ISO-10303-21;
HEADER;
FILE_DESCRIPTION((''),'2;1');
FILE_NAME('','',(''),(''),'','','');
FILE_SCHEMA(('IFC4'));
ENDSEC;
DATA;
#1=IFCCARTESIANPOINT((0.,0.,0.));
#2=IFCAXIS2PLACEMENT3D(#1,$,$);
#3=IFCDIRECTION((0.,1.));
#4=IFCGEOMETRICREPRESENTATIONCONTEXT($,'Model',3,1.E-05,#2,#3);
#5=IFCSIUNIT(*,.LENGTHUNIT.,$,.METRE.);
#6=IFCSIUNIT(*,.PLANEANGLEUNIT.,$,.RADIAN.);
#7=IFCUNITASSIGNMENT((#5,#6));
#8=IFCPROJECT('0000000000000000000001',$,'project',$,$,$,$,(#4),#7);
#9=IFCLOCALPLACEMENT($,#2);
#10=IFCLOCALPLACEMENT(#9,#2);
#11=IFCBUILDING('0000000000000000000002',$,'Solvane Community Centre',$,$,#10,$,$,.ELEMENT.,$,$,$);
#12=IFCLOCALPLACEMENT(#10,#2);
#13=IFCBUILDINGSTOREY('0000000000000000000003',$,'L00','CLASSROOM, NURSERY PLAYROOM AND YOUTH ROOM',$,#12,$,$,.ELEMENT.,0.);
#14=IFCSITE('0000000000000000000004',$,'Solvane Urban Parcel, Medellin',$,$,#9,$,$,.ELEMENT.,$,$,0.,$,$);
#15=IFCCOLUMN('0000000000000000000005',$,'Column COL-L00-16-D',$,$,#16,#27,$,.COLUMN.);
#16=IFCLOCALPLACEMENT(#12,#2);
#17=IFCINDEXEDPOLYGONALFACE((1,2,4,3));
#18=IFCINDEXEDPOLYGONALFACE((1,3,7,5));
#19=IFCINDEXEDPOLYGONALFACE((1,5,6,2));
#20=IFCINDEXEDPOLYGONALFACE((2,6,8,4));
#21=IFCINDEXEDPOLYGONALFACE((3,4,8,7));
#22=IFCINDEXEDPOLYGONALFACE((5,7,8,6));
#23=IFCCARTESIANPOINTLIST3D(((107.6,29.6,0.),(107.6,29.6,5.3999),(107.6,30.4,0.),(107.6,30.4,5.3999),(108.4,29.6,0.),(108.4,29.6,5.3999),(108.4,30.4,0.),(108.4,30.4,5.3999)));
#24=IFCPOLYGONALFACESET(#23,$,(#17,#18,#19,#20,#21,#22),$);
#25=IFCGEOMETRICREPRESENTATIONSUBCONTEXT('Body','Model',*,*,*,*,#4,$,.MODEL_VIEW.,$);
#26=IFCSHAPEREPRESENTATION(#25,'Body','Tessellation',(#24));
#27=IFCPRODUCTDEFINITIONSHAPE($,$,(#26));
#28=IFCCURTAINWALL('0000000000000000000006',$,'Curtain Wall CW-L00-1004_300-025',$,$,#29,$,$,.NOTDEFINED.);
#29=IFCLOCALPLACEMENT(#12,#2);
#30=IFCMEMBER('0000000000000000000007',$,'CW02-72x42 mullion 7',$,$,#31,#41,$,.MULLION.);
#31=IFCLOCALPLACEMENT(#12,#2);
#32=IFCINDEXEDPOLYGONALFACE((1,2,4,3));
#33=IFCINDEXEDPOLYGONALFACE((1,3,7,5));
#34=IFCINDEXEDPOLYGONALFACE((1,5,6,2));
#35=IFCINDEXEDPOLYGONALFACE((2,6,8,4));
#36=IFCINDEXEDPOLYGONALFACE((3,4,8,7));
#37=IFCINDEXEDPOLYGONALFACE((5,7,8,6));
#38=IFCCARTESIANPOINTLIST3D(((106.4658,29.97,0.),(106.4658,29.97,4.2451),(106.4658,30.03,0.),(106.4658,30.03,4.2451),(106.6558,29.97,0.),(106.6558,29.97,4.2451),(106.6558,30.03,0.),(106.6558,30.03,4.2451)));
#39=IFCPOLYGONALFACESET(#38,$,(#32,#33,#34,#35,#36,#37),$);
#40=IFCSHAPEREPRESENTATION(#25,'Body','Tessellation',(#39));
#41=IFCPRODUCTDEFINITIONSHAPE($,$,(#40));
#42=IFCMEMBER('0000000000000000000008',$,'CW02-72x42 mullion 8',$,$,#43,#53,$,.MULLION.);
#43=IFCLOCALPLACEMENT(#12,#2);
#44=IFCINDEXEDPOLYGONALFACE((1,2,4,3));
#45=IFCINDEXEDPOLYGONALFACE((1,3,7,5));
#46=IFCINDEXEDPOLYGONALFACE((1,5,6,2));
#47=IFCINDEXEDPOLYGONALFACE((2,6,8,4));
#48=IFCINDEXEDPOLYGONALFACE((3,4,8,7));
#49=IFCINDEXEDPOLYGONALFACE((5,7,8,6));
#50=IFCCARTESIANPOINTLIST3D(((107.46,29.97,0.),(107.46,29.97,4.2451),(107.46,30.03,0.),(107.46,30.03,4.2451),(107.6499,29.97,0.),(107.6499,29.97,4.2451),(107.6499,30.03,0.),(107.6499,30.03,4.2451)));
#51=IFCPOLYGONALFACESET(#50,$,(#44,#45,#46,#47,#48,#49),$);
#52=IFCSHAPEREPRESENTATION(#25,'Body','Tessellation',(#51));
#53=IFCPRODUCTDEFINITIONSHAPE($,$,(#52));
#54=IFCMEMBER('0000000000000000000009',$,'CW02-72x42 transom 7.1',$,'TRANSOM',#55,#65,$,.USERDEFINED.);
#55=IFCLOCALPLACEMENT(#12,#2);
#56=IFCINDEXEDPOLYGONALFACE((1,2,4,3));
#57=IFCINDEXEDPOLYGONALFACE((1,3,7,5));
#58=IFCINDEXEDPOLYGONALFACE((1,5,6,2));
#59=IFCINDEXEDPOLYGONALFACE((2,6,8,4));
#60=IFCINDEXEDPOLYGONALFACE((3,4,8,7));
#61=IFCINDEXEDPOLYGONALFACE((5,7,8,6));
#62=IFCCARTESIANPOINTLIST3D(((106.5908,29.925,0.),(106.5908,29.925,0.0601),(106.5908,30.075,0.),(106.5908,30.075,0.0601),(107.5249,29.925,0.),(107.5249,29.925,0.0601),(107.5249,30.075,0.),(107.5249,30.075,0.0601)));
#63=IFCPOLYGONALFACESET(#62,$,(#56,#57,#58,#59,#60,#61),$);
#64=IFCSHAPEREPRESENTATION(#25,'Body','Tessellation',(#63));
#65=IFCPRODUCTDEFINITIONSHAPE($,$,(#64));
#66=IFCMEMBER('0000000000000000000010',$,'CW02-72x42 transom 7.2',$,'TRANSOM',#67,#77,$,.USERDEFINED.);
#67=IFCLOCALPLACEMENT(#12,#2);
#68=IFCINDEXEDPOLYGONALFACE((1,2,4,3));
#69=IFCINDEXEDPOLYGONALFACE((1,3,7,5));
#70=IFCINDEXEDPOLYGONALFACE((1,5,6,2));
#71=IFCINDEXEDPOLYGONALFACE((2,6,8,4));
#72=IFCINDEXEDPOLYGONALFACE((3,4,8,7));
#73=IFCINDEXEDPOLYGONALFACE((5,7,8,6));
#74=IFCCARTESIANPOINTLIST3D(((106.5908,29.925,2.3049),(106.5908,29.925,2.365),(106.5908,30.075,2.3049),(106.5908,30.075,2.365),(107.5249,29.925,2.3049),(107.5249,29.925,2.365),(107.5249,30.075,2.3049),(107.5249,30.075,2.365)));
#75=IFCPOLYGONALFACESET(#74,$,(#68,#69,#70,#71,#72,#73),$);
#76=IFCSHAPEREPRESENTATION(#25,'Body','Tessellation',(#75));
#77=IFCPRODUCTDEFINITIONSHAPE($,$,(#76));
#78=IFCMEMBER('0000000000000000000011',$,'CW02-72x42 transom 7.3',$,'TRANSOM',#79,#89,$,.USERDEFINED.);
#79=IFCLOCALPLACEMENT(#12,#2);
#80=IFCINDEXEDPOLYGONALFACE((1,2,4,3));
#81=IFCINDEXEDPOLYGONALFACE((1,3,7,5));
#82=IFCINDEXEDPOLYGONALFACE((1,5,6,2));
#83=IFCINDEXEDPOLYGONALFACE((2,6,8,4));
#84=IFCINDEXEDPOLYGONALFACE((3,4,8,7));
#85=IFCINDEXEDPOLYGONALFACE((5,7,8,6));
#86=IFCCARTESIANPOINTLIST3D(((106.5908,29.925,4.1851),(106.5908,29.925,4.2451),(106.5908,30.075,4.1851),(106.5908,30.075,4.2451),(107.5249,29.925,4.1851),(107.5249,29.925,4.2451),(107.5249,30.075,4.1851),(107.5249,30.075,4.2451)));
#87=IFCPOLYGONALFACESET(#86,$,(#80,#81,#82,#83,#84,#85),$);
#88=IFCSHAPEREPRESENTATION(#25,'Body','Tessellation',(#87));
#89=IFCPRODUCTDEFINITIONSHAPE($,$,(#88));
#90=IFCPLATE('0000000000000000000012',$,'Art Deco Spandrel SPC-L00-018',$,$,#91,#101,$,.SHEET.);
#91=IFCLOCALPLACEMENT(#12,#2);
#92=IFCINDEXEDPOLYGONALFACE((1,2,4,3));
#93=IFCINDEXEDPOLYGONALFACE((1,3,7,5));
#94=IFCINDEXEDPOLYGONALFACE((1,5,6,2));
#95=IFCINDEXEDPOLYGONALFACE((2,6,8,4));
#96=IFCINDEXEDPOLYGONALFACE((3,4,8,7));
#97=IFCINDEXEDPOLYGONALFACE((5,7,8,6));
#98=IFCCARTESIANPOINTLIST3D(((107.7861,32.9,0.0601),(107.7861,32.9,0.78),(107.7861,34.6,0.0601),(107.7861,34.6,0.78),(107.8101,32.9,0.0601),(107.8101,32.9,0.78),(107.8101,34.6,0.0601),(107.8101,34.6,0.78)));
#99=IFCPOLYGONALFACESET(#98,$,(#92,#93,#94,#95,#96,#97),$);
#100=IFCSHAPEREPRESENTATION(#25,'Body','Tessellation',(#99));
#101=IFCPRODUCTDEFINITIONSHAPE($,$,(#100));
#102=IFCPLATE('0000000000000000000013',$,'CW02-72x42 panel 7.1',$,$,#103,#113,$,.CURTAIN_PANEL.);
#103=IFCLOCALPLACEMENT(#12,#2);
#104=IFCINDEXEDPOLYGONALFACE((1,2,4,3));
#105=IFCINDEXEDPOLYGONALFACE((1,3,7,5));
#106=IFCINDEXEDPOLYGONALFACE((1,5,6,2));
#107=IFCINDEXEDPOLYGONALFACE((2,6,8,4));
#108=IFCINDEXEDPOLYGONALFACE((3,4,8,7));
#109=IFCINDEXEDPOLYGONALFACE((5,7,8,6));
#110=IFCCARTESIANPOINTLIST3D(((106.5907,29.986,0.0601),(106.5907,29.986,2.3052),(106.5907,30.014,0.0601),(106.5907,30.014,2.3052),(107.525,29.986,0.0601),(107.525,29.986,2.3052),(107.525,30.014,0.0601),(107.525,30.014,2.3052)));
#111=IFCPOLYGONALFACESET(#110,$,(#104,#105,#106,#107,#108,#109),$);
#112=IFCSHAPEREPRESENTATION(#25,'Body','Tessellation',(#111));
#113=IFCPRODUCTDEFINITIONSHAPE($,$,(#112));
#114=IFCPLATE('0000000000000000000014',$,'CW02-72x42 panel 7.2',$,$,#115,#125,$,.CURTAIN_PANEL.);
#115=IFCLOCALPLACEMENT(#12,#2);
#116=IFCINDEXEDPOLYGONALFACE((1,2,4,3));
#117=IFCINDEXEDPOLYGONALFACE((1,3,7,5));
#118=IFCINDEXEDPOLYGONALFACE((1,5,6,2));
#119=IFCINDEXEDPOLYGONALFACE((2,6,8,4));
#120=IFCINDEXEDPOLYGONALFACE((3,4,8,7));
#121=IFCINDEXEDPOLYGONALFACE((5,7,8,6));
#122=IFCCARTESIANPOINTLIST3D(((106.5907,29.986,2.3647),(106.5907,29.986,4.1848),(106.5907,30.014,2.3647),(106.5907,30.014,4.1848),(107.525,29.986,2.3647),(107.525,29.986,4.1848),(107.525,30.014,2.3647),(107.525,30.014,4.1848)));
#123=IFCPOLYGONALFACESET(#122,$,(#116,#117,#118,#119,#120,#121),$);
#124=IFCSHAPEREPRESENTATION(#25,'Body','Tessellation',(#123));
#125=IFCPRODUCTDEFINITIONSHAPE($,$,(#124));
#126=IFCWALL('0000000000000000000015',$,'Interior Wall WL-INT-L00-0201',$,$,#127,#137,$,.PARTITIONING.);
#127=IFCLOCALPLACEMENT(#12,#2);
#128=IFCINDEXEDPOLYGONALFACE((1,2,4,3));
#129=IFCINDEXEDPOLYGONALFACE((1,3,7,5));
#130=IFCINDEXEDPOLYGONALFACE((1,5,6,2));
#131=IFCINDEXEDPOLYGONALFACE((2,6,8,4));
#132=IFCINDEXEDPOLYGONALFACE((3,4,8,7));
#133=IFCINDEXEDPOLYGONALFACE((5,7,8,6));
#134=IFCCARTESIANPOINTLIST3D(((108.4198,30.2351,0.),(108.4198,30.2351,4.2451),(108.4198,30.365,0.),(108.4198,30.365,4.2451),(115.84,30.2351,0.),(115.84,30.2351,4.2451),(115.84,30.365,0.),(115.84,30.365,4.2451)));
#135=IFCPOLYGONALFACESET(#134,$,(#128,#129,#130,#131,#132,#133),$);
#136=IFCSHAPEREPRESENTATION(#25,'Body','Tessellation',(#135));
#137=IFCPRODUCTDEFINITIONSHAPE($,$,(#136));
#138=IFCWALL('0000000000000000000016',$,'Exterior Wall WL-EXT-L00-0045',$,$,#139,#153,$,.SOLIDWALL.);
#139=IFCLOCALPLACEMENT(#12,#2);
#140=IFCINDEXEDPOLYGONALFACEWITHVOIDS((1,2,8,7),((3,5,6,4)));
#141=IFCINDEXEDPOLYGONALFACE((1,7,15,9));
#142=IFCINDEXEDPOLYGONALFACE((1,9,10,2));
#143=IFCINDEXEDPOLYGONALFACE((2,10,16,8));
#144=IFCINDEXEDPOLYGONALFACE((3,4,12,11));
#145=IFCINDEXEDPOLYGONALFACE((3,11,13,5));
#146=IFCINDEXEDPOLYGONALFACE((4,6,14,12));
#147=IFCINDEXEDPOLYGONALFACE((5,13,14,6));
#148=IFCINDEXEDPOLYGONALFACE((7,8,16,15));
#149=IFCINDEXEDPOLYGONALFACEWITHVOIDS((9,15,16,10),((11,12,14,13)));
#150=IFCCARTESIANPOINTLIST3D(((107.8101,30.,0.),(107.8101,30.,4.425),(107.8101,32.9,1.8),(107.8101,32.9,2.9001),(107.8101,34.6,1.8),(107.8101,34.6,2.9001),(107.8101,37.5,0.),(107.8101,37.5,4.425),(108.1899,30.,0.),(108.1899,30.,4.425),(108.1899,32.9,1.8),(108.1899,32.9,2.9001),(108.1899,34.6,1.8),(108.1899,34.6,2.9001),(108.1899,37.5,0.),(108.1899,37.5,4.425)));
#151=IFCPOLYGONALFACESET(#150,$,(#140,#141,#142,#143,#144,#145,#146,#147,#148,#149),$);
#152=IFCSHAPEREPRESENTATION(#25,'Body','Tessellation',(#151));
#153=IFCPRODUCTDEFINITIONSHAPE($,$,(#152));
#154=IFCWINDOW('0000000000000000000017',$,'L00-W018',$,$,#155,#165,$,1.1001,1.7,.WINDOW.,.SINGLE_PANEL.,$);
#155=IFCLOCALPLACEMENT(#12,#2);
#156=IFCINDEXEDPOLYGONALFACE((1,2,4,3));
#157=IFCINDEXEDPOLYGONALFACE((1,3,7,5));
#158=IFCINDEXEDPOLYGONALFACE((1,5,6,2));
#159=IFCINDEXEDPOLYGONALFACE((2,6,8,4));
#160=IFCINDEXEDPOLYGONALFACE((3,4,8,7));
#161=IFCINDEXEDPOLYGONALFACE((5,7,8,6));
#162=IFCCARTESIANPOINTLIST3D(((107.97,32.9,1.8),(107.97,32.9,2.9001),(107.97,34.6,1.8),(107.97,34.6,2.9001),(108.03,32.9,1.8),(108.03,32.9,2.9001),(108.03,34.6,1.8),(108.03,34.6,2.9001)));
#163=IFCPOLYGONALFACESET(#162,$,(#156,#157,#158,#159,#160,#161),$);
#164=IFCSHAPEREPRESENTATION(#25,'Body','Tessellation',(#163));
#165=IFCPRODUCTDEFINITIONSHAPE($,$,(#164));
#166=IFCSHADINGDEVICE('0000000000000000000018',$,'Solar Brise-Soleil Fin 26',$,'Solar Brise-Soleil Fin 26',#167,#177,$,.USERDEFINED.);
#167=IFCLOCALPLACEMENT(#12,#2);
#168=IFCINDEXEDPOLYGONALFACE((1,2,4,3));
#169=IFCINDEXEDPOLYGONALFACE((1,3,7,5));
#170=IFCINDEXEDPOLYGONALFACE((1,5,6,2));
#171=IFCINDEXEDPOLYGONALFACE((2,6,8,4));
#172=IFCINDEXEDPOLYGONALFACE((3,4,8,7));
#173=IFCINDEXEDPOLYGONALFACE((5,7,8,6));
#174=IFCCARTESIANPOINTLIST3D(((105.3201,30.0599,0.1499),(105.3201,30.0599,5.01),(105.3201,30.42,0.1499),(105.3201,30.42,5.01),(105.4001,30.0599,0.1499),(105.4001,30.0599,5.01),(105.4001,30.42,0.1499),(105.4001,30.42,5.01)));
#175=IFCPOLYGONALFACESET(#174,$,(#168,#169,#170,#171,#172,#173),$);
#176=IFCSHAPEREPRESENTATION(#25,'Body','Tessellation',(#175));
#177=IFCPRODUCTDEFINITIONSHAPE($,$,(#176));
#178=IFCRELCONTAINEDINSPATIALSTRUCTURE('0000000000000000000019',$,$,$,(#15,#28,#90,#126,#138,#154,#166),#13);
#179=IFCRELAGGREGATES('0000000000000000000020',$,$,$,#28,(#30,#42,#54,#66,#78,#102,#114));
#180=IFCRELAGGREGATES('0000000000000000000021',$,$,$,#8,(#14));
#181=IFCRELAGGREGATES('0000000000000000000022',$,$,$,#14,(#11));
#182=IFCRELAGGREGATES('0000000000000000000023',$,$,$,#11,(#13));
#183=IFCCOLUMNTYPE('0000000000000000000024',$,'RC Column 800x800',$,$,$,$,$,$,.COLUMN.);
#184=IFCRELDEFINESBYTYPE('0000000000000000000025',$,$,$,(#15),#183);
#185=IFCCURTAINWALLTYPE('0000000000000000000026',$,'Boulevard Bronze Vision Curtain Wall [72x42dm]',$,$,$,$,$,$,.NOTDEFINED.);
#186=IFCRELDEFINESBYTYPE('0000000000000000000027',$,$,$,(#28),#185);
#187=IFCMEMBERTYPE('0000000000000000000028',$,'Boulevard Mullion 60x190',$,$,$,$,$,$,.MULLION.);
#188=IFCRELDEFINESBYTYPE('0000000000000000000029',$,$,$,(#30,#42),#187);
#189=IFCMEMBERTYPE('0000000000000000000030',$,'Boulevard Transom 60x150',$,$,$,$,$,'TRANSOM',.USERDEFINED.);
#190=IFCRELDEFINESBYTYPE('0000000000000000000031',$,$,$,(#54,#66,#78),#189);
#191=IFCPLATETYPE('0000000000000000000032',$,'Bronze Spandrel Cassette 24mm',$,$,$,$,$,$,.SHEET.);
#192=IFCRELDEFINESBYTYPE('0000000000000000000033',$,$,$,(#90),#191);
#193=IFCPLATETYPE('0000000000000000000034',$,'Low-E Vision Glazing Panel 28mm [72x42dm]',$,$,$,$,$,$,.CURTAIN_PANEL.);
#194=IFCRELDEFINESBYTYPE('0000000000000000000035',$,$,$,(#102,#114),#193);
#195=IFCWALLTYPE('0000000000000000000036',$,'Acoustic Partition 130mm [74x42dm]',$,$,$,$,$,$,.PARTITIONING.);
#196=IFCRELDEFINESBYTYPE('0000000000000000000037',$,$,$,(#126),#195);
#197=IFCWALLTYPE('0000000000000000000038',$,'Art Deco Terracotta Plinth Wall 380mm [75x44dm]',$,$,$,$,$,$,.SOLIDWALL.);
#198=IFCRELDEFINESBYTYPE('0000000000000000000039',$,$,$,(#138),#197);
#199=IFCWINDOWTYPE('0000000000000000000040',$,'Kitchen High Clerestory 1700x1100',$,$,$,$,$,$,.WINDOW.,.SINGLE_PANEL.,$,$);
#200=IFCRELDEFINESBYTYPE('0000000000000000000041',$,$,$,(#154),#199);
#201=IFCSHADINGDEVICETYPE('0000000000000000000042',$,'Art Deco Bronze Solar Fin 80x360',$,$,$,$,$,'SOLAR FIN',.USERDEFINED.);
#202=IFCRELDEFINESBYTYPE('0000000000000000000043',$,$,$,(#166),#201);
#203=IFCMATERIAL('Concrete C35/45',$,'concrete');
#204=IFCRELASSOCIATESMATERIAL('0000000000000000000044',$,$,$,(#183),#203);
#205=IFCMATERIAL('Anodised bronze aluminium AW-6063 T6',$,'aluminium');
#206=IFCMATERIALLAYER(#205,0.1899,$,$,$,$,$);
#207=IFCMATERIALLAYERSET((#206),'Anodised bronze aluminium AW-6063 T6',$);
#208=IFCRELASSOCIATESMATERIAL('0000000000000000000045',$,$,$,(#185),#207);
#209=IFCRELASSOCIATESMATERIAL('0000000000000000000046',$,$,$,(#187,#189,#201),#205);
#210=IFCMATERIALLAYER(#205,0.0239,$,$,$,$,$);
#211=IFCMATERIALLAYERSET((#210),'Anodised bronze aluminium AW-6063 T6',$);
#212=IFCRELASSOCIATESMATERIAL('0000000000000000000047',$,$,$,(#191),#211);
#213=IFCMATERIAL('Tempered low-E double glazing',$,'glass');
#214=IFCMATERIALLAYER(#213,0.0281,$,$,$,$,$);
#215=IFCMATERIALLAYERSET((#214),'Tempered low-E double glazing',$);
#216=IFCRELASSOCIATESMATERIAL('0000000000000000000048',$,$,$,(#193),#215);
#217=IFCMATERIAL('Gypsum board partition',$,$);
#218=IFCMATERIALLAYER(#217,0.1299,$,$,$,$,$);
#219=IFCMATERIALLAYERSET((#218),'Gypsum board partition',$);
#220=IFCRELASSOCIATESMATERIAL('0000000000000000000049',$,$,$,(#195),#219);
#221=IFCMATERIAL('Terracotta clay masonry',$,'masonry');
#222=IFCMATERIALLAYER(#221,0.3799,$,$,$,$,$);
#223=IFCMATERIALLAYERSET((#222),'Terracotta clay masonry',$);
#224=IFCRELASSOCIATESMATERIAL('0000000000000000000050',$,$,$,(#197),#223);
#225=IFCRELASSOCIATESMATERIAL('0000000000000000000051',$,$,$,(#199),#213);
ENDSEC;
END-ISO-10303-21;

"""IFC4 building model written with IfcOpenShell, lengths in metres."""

from ifc_helpers import new_model, si_unit, direction, frame, frame_2d, origin, origin_2d, place, context, subcontext, project, spatial, rectangle, extrude, material, layer, layer_set, material_profile, profile_set, type_object, element, fill, aggregate, save


model = new_model("IFC4")

# Units and contexts
model_context = context("Model", 3, precision=1e-05, world=origin(), true_north=direction((0.0, 1.0)))
body_context = subcontext(model_context, "Body", "Model", "MODEL_VIEW")
ifc_project = project(units=[si_unit("LENGTHUNIT", "METRE"), si_unit("PLANEANGLEUNIT", "RADIAN")], contexts=[model_context])

# Site, building, storey
site_placement = place(None, origin())
site = spatial("IfcSite", under=ifc_project, at=site_placement, Name="Solvane Urban Parcel, Medellin", CompositionType="ELEMENT", RefElevation=0.0)
building_placement = place(site_placement, origin())
building = spatial("IfcBuilding", under=site, at=building_placement, Name="Solvane Community Centre", CompositionType="ELEMENT")
storey_placement = place(building_placement, origin())
storey = spatial("IfcBuildingStorey", under=building, at=storey_placement, Name="L00", Description="CLASSROOM, NURSERY PLAYROOM AND YOUTH ROOM", CompositionType="ELEMENT", Elevation=0.0)

# Column
ifc_material_1 = material(Name="Concrete C35/45", Category="concrete")
ifc_material_profile_1 = material_profile(ifc_material_1, rectangle(XDim=0.8, YDim=0.8, at=origin_2d()), Name="RC 800x800")
ifc_profile_set_1 = profile_set([ifc_material_profile_1], Name="Concrete C35/45")
column_type_1 = type_object("IfcColumnType", Name="RC Column 800x800", PredefinedType="COLUMN", material=ifc_profile_set_1)
column_1_placement = place(storey_placement, frame((108.0, 30.0, 0.0), z_axis=(0.0, 0.0, 1.0), x_axis=(1.0, 0.0, 0.0)))
element("IfcColumn", 1, at=column_1_placement, inside=storey, type_object=column_type_1, Name="Column COL-L00-16-D", PredefinedType="COLUMN", context=body_context, shape_type="SweptSolid", body=[
    extrude(rectangle(XDim=0.8, YDim=0.8, at=origin_2d()), origin(), (0.0, 0.0, 1.0), 5.3999),
])

# Curtain wall, members
ifc_material_2 = material(Name="Anodised bronze aluminium AW-6063 T6", Category="aluminium")
ifc_layer_1 = layer(ifc_material_2, 0.1899)
ifc_layer_set_1 = layer_set([ifc_layer_1], Name="Anodised bronze aluminium AW-6063 T6")
curtain_wall_type = type_object("IfcCurtainWallType", Name="Boulevard Bronze Vision Curtain Wall [72x42dm]", PredefinedType="NOTDEFINED", material=ifc_layer_set_1)
curtain_wall_placement = place(storey_placement, origin())
curtain_wall = element("IfcCurtainWall", 2, at=curtain_wall_placement, inside=storey, type_object=curtain_wall_type, Name="Curtain Wall CW-L00-1004_300-025", PredefinedType="NOTDEFINED")
ifc_material_profile_2 = material_profile(ifc_material_2, rectangle(XDim=0.0601, YDim=0.1899, at=origin_2d()), Name="CW-M 60x190")
ifc_profile_set_2 = profile_set([ifc_material_profile_2], Name="Anodised bronze aluminium AW-6063 T6")
member_type_1 = type_object("IfcMemberType", Name="Boulevard Mullion 60x190", PredefinedType="MULLION", material=ifc_profile_set_2)
member_1_placement = place(storey_placement, frame((106.5608, 30.0, 0.0), z_axis=(0.0, 0.0, 1.0), x_axis=(0.0, 1.0, 0.0)))
member_1 = element("IfcMember", 3, at=member_1_placement, type_object=member_type_1, Name="CW02-72x42 mullion 7", PredefinedType="MULLION", context=body_context, shape_type="SweptSolid", body=[
    extrude(rectangle(XDim=0.0601, YDim=0.1899, at=origin_2d()), origin(), (0.0, 0.0, 1.0), 4.2451),
])
member_2_placement = place(storey_placement, frame((107.5549, 30.0, 0.0), z_axis=(0.0, 0.0, 1.0), x_axis=(0.0, 1.0, 0.0)))
member_2 = element("IfcMember", 4, at=member_2_placement, type_object=member_type_1, Name="CW02-72x42 mullion 8", PredefinedType="MULLION", context=body_context, shape_type="SweptSolid", body=[
    extrude(rectangle(XDim=0.0601, YDim=0.1899, at=origin_2d()), origin(), (0.0, 0.0, 1.0), 4.2451),
])
ifc_material_profile_3 = material_profile(ifc_material_2, rectangle(XDim=0.1499, YDim=0.0601, at=origin_2d()), Name="CW-T 60x150")
ifc_profile_set_3 = profile_set([ifc_material_profile_3], Name="Anodised bronze aluminium AW-6063 T6")
member_type_2 = type_object("IfcMemberType", Name="Boulevard Transom 60x150", ElementType="TRANSOM", PredefinedType="USERDEFINED", material=ifc_profile_set_3)
member_3_placement = place(storey_placement, frame((106.5908, 30.0, 0.03), z_axis=(1.0, 0.0, 0.0), x_axis=(0.0, 1.0, 0.0)))
member_3 = element("IfcMember", 5, at=member_3_placement, type_object=member_type_2, Name="CW02-72x42 transom 7.1", ObjectType="TRANSOM", PredefinedType="USERDEFINED", context=body_context, shape_type="SweptSolid", body=[
    extrude(rectangle(XDim=0.1499, YDim=0.0601, at=origin_2d()), origin(), (0.0, 0.0, 1.0), 0.9341),
])
member_4_placement = place(storey_placement, frame((106.5908, 30.0, 2.335), z_axis=(1.0, 0.0, 0.0), x_axis=(0.0, 1.0, 0.0)))
member_4 = element("IfcMember", 6, at=member_4_placement, type_object=member_type_2, Name="CW02-72x42 transom 7.2", ObjectType="TRANSOM", PredefinedType="USERDEFINED", context=body_context, shape_type="SweptSolid", body=[
    extrude(rectangle(XDim=0.1499, YDim=0.0601, at=origin_2d()), origin(), (0.0, 0.0, 1.0), 0.9341),
])
member_5_placement = place(storey_placement, frame((106.5908, 30.0, 4.2151), z_axis=(1.0, 0.0, 0.0), x_axis=(0.0, 1.0, 0.0)))
member_5 = element("IfcMember", 7, at=member_5_placement, type_object=member_type_2, Name="CW02-72x42 transom 7.3", ObjectType="TRANSOM", PredefinedType="USERDEFINED", context=body_context, shape_type="SweptSolid", body=[
    extrude(rectangle(XDim=0.1499, YDim=0.0601, at=origin_2d()), origin(), (0.0, 0.0, 1.0), 0.9341),
])

# Plates
ifc_layer_2 = layer(ifc_material_2, 0.0239)
ifc_layer_set_2 = layer_set([ifc_layer_2], Name="Anodised bronze aluminium AW-6063 T6")
plate_type_1 = type_object("IfcPlateType", Name="Bronze Spandrel Cassette 24mm", PredefinedType="SHEET", material=ifc_layer_set_2)
plate_1_placement = place(storey_placement, frame((107.7981, 33.75, 0.0601), z_axis=(0.0, 0.0, 1.0), x_axis=(0.0, 1.0, 0.0)))
element("IfcPlate", 8, at=plate_1_placement, inside=storey, type_object=plate_type_1, Name="Art Deco Spandrel SPC-L00-018", PredefinedType="SHEET", context=body_context, shape_type="SweptSolid", body=[
    extrude(rectangle(XDim=1.7, YDim=0.0239, at=origin_2d()), origin(), (0.0, 0.0, 1.0), 0.72),
])
ifc_material_3 = material(Name="Tempered low-E double glazing", Category="glass")
ifc_layer_3 = layer(ifc_material_3, 0.0281)
ifc_layer_set_3 = layer_set([ifc_layer_3], Name="Tempered low-E double glazing")
plate_type_2 = type_object("IfcPlateType", Name="Low-E Vision Glazing Panel 28mm [72x42dm]", PredefinedType="CURTAIN_PANEL", material=ifc_layer_set_3)
plate_2_placement = place(storey_placement, frame((107.0579, 30.0, 0.0601), z_axis=(0.0, 0.0, 1.0), x_axis=(1.0, 0.0, 0.0)))
plate_2 = element("IfcPlate", 9, at=plate_2_placement, type_object=plate_type_2, Name="CW02-72x42 panel 7.1", PredefinedType="CURTAIN_PANEL", context=body_context, shape_type="SweptSolid", body=[
    extrude(rectangle(XDim=0.9343, YDim=0.0281, at=origin_2d()), origin(), (0.0, 0.0, 1.0), 2.2451),
])
plate_3_placement = place(storey_placement, frame((107.0579, 30.0, 2.3647), z_axis=(0.0, 0.0, 1.0), x_axis=(1.0, 0.0, 0.0)))
plate_3 = element("IfcPlate", 10, at=plate_3_placement, type_object=plate_type_2, Name="CW02-72x42 panel 7.2", PredefinedType="CURTAIN_PANEL", context=body_context, shape_type="SweptSolid", body=[
    extrude(rectangle(XDim=0.9343, YDim=0.0281, at=origin_2d()), origin(), (0.0, 0.0, 1.0), 1.8201),
])
aggregate(curtain_wall, [member_1, member_2, member_3, member_4, member_5, plate_2, plate_3])

# Wall
ifc_material_4 = material(Name="Gypsum board partition")
ifc_layer_4 = layer(ifc_material_4, 0.1299)
ifc_layer_set_4 = layer_set([ifc_layer_4], Name="Gypsum board partition")
wall_type_1 = type_object("IfcWallType", Name="Acoustic Partition 130mm [74x42dm]", PredefinedType="PARTITIONING", material=ifc_layer_set_4)
wall_1_placement = place(storey_placement, frame((108.4199, 30.3, 0.0), z_axis=(0.0, 0.0, 1.0), x_axis=(1.0, 0.0, 0.0)))
element("IfcWall", 11, at=wall_1_placement, inside=storey, type_object=wall_type_1, Name="Interior Wall WL-INT-L00-0201", PredefinedType="PARTITIONING", context=body_context, shape_type="SweptSolid", body=[
    extrude(rectangle(XDim=7.4202, YDim=0.1299, at=frame_2d((3.71, 0.0))), origin(), (0.0, 0.0, 1.0), 4.2451),
])

# Wall, opening, window
ifc_material_5 = material(Name="Terracotta clay masonry", Category="masonry")
ifc_layer_5 = layer(ifc_material_5, 0.3799)
ifc_layer_set_5 = layer_set([ifc_layer_5], Name="Terracotta clay masonry")
wall_type_2 = type_object("IfcWallType", Name="Art Deco Terracotta Plinth Wall 380mm [75x44dm]", PredefinedType="SOLIDWALL", material=ifc_layer_set_5)
wall_2_placement = place(storey_placement, frame((108.0, 30.0, 0.0), z_axis=(0.0, 0.0, 1.0), x_axis=(0.0, 1.0, 0.0)))
wall_2 = element("IfcWall", 12, at=wall_2_placement, inside=storey, type_object=wall_type_2, Name="Exterior Wall WL-EXT-L00-0045", PredefinedType="SOLIDWALL", context=body_context, shape_type="SweptSolid", body=[
    extrude(rectangle(XDim=7.5, YDim=0.3799, at=frame_2d((3.75, 0.0))), origin(), (0.0, 0.0, 1.0), 4.425),
])
opening_placement = place(wall_2_placement, frame((2.8999, 0.0, 1.8)))
opening = element("IfcOpeningElement", 13, at=opening_placement, cuts=wall_2, PredefinedType="OPENING", context=body_context, shape_type="SweptSolid", body=[
    extrude(rectangle(XDim=1.7, YDim=1.1001, at=frame_2d((0.8501, 0.55))), frame((0.0, 0.2, 0.0), z_axis=(0.0, -1.0, 0.0), x_axis=(1.0, 0.0, 0.0)), (0.0, 0.0, 1.0), 0.3999),
])
window_type = type_object("IfcWindowType", Name="Kitchen High Clerestory 1700x1100", PartitioningType="SINGLE_PANEL", PredefinedType="WINDOW", material=ifc_material_3)
window_placement = place(opening_placement, origin())
window = element("IfcWindow", 14, at=window_placement, inside=storey, type_object=window_type, Name="L00-W018", OverallHeight=1.1001, OverallWidth=1.7, PartitioningType="SINGLE_PANEL", PredefinedType="WINDOW", context=body_context, shape_type="SweptSolid", body=[
    extrude(rectangle(XDim=1.7, YDim=1.1001, at=frame_2d((0.8501, 0.55))), frame((0.0, 0.03, 0.0), z_axis=(0.0, -1.0, 0.0), x_axis=(1.0, 0.0, 0.0)), (0.0, 0.0, 1.0), 0.0601),
])
fill(opening, window)

# Shading device
shading_device_type = type_object("IfcShadingDeviceType", Name="Art Deco Bronze Solar Fin 80x360", ElementType="SOLAR FIN", PredefinedType="USERDEFINED", material=ifc_material_2)
shading_device_placement = place(storey_placement, frame((105.3601, 30.24, 0.1499), z_axis=(0.0, 0.0, 1.0), x_axis=(1.0, 0.0, 0.0)))
element("IfcShadingDevice", 15, at=shading_device_placement, inside=storey, type_object=shading_device_type, Name="Solar Brise-Soleil Fin 26", ObjectType="Solar Brise-Soleil Fin 26", PredefinedType="USERDEFINED", context=body_context, shape_type="SweptSolid", body=[
    extrude(rectangle(XDim=0.0801, YDim=0.3601, at=origin_2d()), origin(), (0.0, 0.0, 1.0), 4.8601),
])

save(model, "model.ifc")
